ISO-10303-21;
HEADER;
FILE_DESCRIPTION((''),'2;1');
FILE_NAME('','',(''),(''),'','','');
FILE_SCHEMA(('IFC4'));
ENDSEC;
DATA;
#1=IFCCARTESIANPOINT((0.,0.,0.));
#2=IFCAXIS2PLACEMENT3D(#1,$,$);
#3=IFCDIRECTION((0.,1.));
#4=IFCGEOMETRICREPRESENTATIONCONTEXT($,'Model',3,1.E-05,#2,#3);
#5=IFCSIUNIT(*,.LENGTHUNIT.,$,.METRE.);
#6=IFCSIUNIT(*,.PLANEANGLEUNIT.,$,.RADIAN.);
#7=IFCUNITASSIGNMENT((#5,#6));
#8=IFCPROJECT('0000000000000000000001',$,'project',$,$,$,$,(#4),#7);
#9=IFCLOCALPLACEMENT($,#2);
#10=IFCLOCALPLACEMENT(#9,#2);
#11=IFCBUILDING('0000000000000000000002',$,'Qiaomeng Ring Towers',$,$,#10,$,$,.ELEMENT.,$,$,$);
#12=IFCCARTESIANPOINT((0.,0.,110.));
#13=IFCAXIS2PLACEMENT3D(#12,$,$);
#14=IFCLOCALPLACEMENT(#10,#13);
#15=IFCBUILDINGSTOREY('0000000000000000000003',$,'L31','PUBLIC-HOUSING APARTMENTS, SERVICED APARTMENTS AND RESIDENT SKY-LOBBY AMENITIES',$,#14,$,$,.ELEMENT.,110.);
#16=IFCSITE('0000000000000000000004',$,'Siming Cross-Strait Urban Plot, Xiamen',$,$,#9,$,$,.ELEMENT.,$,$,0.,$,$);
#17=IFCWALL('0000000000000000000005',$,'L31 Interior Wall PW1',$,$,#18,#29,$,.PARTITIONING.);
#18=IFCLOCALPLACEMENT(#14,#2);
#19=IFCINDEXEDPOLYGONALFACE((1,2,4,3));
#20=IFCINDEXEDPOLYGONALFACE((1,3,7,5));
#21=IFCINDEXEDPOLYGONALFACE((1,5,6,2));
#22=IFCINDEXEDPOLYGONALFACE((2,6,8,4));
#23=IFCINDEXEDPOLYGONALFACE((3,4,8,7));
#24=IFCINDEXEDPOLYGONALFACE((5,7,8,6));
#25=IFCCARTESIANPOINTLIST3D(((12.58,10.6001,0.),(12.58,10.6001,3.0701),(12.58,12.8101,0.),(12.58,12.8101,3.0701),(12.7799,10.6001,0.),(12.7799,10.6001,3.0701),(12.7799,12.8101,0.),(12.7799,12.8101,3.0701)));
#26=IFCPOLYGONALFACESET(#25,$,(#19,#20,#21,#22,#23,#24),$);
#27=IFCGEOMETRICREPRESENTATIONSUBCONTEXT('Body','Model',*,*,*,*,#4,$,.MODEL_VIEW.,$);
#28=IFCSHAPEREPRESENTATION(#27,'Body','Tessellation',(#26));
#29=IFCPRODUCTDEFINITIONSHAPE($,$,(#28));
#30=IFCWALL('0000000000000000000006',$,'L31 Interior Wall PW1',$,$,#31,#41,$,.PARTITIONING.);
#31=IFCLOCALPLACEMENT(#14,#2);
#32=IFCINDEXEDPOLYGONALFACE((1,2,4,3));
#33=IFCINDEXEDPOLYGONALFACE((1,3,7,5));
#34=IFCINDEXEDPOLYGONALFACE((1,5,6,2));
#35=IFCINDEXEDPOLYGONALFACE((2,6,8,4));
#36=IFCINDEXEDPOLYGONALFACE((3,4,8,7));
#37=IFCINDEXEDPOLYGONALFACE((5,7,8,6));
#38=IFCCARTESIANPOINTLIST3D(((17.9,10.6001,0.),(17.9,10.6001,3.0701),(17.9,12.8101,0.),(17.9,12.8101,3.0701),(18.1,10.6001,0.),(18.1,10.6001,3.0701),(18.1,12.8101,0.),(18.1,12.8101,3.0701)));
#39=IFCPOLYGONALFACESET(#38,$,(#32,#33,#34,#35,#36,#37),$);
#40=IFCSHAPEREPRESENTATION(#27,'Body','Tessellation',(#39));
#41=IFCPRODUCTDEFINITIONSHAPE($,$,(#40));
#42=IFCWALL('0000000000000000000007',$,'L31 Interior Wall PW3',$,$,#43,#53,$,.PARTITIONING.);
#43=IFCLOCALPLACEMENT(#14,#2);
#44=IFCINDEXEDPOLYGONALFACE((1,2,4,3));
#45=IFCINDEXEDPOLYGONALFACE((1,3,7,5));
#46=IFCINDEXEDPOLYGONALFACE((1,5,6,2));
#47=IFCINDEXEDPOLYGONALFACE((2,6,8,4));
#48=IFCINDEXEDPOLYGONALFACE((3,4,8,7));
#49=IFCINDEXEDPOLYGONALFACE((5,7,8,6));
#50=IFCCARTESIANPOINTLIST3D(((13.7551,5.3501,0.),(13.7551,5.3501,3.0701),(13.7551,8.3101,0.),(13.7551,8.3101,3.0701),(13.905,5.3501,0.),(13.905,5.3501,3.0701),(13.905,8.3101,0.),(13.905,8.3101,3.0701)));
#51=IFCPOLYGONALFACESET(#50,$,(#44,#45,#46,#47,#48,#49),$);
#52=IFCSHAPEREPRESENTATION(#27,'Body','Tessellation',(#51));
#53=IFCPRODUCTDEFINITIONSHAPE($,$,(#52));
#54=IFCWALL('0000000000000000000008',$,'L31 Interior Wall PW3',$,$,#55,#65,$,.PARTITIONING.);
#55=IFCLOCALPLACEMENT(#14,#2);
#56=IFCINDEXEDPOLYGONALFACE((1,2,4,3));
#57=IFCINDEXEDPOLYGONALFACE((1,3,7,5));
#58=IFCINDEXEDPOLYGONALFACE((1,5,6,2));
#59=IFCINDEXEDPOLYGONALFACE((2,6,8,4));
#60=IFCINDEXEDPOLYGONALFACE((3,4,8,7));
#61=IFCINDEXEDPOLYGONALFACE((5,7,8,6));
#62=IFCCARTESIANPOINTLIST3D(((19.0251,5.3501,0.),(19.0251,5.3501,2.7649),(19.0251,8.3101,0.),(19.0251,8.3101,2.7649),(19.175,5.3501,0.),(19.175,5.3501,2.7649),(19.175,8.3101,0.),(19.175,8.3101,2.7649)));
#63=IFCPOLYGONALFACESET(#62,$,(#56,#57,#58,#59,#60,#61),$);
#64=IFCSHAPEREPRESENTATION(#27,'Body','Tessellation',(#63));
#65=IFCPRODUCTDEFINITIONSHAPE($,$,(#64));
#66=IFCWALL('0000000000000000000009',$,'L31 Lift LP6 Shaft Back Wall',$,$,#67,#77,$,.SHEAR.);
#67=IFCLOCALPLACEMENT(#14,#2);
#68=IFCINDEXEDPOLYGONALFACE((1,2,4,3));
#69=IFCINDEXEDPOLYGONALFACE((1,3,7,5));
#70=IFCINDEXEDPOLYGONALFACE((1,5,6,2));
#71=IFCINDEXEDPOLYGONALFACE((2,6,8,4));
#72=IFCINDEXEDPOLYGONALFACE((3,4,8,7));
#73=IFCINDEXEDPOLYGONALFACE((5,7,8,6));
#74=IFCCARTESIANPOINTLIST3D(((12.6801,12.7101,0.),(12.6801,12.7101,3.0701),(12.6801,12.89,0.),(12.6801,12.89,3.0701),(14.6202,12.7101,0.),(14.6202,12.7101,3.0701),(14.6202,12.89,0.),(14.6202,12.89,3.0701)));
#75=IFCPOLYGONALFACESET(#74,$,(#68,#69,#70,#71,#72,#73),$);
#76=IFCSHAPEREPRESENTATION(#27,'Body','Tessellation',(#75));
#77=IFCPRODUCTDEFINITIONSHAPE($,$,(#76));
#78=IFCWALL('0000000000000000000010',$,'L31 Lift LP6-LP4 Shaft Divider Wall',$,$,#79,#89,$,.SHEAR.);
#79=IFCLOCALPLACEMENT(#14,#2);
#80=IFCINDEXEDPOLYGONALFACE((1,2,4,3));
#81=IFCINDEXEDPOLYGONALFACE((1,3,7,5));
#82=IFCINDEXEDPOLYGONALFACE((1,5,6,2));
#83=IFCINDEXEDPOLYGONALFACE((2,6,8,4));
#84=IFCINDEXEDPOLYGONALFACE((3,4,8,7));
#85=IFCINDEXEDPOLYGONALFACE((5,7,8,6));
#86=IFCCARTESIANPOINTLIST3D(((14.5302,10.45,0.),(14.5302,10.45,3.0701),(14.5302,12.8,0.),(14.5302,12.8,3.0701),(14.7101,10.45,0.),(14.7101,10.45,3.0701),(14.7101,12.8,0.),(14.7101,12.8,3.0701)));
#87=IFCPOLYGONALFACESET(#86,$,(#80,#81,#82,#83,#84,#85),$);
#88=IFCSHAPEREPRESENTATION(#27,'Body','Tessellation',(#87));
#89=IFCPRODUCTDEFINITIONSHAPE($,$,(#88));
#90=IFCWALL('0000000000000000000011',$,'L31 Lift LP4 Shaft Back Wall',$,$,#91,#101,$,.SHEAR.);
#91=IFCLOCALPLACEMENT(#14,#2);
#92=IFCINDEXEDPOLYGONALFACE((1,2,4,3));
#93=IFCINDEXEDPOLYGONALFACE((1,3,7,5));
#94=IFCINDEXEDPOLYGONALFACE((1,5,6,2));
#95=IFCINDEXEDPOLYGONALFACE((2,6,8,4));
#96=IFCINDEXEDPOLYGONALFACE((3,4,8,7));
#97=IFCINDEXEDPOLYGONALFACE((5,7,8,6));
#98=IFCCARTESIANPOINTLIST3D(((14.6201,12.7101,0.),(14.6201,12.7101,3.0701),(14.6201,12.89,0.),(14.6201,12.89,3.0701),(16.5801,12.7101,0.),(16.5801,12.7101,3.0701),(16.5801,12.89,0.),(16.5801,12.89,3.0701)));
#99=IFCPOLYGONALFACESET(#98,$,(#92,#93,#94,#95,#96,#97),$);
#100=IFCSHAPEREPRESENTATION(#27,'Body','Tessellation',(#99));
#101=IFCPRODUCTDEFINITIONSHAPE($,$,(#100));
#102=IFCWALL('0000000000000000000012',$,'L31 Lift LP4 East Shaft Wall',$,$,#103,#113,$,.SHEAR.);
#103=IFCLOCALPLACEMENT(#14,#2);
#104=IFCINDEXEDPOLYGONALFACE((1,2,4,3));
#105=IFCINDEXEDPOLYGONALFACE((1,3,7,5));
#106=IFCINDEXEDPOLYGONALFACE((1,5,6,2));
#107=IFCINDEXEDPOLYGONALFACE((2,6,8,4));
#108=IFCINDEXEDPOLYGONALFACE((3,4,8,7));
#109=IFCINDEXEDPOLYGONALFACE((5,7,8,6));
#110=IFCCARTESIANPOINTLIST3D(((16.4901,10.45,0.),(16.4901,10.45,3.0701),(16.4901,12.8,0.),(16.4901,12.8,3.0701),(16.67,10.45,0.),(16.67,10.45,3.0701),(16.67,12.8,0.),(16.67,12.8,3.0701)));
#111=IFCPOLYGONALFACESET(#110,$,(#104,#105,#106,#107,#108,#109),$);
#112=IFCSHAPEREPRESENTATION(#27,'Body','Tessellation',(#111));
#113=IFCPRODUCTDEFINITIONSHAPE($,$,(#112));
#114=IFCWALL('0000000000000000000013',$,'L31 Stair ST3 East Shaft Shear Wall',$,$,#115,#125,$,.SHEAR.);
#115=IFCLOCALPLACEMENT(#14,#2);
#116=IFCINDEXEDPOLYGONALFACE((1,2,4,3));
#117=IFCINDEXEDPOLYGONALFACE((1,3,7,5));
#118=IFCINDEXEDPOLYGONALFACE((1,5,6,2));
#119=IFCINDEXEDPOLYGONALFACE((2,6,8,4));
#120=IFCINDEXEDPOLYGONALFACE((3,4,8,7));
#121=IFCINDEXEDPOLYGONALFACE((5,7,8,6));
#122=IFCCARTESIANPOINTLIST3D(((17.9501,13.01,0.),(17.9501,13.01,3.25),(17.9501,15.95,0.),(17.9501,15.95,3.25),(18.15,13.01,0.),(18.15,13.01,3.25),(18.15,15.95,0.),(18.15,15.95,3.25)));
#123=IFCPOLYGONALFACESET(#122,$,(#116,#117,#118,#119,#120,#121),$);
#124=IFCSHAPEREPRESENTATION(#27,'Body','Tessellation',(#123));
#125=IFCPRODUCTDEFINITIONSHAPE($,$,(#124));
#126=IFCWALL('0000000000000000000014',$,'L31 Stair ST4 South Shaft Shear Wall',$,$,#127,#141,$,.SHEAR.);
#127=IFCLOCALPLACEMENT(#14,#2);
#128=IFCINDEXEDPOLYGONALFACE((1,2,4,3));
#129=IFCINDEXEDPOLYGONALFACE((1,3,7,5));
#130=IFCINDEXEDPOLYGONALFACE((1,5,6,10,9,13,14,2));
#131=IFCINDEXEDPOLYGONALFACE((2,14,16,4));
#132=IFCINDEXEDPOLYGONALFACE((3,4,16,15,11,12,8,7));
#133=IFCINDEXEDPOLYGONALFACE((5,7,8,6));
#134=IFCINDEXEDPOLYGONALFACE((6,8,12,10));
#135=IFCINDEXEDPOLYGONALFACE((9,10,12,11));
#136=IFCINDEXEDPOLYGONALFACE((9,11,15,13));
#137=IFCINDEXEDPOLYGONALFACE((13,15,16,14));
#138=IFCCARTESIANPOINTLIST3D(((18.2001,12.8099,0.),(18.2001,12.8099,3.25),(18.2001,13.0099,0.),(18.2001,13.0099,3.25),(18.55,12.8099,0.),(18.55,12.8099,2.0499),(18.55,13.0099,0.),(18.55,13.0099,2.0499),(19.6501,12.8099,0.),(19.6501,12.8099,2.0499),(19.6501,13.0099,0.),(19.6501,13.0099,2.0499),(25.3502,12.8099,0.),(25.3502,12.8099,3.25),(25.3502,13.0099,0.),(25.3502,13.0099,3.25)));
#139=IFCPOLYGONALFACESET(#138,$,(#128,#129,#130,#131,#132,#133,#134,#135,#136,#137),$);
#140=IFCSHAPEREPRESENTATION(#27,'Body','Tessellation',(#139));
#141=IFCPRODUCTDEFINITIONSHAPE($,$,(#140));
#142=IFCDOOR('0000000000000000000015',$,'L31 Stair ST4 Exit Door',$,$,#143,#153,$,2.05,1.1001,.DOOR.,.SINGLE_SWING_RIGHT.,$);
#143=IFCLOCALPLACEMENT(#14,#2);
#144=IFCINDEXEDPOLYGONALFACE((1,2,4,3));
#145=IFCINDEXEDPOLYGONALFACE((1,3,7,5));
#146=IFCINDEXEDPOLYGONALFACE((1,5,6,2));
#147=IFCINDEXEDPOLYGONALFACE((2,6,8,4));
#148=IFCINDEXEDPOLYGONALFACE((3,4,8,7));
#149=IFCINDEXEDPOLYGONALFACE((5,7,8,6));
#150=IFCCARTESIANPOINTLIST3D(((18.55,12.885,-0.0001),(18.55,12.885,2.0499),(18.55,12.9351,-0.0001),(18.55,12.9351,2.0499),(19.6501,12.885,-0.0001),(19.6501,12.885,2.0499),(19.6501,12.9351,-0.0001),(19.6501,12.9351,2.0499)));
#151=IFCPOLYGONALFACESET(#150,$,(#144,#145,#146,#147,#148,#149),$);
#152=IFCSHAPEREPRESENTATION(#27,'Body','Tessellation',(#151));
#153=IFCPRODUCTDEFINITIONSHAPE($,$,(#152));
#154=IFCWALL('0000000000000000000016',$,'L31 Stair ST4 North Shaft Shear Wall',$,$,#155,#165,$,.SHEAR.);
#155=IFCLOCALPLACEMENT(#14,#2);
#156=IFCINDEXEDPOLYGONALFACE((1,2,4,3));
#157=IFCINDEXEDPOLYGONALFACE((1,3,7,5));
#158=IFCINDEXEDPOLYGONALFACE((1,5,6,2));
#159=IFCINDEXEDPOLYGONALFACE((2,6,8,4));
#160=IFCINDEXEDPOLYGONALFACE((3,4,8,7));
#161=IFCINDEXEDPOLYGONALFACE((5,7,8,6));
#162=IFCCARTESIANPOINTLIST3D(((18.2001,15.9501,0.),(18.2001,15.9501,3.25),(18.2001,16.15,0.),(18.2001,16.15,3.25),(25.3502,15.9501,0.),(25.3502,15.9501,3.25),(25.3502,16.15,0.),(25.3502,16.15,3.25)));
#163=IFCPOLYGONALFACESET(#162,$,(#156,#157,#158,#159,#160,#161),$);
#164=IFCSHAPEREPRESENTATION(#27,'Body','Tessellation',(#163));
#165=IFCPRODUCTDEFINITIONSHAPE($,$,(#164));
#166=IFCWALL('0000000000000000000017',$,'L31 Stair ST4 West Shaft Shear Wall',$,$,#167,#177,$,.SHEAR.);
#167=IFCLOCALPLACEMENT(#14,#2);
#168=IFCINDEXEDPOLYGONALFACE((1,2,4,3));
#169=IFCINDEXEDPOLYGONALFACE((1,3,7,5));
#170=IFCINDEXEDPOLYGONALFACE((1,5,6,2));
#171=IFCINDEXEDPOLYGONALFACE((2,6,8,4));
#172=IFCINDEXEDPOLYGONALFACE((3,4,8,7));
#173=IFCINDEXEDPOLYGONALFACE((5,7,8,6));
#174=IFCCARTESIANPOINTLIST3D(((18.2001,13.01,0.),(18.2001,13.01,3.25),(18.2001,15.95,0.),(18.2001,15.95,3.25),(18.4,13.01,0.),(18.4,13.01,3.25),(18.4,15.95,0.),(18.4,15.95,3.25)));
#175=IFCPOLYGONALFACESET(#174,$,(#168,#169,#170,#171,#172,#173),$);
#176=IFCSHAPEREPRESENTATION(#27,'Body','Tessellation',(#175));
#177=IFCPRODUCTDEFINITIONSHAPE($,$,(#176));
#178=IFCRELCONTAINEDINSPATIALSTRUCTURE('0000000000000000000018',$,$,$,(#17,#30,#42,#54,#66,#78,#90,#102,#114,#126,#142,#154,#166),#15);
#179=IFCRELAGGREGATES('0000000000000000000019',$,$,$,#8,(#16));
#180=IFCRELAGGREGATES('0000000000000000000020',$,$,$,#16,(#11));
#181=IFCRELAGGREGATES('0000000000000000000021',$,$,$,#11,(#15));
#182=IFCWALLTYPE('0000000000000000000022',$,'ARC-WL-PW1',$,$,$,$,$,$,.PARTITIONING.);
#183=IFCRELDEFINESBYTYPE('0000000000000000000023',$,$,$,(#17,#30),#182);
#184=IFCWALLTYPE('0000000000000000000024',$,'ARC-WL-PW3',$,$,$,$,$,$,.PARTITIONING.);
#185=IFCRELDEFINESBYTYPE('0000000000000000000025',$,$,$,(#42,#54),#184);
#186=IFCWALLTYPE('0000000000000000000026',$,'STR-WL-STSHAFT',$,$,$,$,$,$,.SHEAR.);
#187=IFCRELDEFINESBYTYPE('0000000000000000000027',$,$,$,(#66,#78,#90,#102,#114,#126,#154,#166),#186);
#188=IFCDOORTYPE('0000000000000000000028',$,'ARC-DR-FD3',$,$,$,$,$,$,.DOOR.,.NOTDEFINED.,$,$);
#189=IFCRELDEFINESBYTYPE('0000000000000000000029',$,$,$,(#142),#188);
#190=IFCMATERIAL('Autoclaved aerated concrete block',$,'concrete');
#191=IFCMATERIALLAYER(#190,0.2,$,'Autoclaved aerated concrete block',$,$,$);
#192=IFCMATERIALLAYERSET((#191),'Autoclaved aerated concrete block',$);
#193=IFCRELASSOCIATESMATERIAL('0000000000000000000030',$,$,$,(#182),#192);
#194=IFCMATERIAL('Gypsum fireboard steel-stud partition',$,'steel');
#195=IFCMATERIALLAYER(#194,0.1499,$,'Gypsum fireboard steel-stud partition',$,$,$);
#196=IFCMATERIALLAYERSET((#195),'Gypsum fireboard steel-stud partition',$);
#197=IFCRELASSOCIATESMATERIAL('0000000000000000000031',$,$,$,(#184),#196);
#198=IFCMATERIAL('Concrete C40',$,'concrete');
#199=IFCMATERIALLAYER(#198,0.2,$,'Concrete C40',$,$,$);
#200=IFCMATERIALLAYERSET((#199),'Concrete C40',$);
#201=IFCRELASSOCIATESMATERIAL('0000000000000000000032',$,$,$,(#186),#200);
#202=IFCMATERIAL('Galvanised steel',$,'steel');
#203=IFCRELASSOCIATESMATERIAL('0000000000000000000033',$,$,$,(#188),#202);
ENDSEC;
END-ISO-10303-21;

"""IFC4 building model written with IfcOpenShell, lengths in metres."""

from ifc_helpers import new_model, si_unit, direction, frame, frame_2d, origin, place, context, subcontext, project, spatial, rectangle, extrude, source, transform, mapped, material, layer, layer_set, type_object, element, fill, save


model = new_model("IFC4")

# Units and contexts
model_context = context("Model", 3, precision=1e-05, world=origin(), true_north=direction((0.0, 1.0)))
body_context = subcontext(model_context, "Body", "Model", "MODEL_VIEW")
ifc_project = project(units=[si_unit("LENGTHUNIT", "METRE"), si_unit("PLANEANGLEUNIT", "RADIAN")], contexts=[model_context])

# Site, building, storey
site_placement = place(None, origin())
site = spatial("IfcSite", under=ifc_project, at=site_placement, Name="Siming Cross-Strait Urban Plot, Xiamen", CompositionType="ELEMENT", RefElevation=0.0)
building_placement = place(site_placement, origin())
building = spatial("IfcBuilding", under=site, at=building_placement, Name="Qiaomeng Ring Towers", CompositionType="ELEMENT")
storey_placement = place(building_placement, frame((0.0, 0.0, 110.0)))
storey = spatial("IfcBuildingStorey", under=building, at=storey_placement, Name="L31", Description="PUBLIC-HOUSING APARTMENTS, SERVICED APARTMENTS AND RESIDENT SKY-LOBBY AMENITIES", CompositionType="ELEMENT", Elevation=110.0)

# Walls
ifc_material_1 = material(Name="Autoclaved aerated concrete block", Category="concrete")
ifc_layer_1 = layer(ifc_material_1, 0.2, Name="Autoclaved aerated concrete block")
ifc_layer_set_1 = layer_set([ifc_layer_1], Name="Autoclaved aerated concrete block")
wall_type_1 = type_object("IfcWallType", Name="ARC-WL-PW1", PredefinedType="PARTITIONING", material=ifc_layer_set_1)
for number, where, z_axis, x_axis, name in (
    (1, (12.6799, 10.6001, 0.0), (0.0, 0.0, 1.0), (0.0, 1.0, 0.0), "L31 Interior Wall PW1"),
    (2, (18.0, 10.6001, 0.0), (0.0, 0.0, 1.0), (0.0, 1.0, 0.0), "L31 Interior Wall PW1"),
):
    element("IfcWall", number, at=place(storey_placement, frame(where, z_axis=z_axis, x_axis=x_axis)), inside=storey, type_object=wall_type_1, Name=name, PredefinedType="PARTITIONING", context=body_context, shape_type="SweptSolid", body=[
        extrude(rectangle(XDim=2.21, YDim=0.2, at=frame_2d((1.105, 0.0))), origin(), (0.0, 0.0, 1.0), 3.0701),
    ])
ifc_material_2 = material(Name="Gypsum fireboard steel-stud partition", Category="steel")
ifc_layer_2 = layer(ifc_material_2, 0.1499, Name="Gypsum fireboard steel-stud partition")
ifc_layer_set_2 = layer_set([ifc_layer_2], Name="Gypsum fireboard steel-stud partition")
wall_type_2 = type_object("IfcWallType", Name="ARC-WL-PW3", PredefinedType="PARTITIONING", material=ifc_layer_set_2)
wall_1_placement = place(storey_placement, frame((13.8301, 5.3501, 0.0), z_axis=(0.0, 0.0, 1.0), x_axis=(0.0, 1.0, 0.0)))
element("IfcWall", 3, at=wall_1_placement, inside=storey, type_object=wall_type_2, Name="L31 Interior Wall PW3", PredefinedType="PARTITIONING", context=body_context, shape_type="SweptSolid", body=[
    extrude(rectangle(XDim=2.96, YDim=0.1499, at=frame_2d((1.48, 0.0))), origin(), (0.0, 0.0, 1.0), 3.0701),
])
wall_2_placement = place(storey_placement, frame((19.1001, 5.3501, 0.0), z_axis=(0.0, 0.0, 1.0), x_axis=(0.0, 1.0, 0.0)))
element("IfcWall", 4, at=wall_2_placement, inside=storey, type_object=wall_type_2, Name="L31 Interior Wall PW3", PredefinedType="PARTITIONING", context=body_context, shape_type="SweptSolid", body=[
    extrude(rectangle(XDim=2.96, YDim=0.1499, at=frame_2d((1.48, 0.0))), origin(), (0.0, 0.0, 1.0), 2.7649),
])
ifc_material_3 = material(Name="Concrete C40", Category="concrete")
ifc_layer_3 = layer(ifc_material_3, 0.2, Name="Concrete C40")
ifc_layer_set_3 = layer_set([ifc_layer_3], Name="Concrete C40")
wall_type_3 = type_object("IfcWallType", Name="STR-WL-STSHAFT", PredefinedType="SHEAR", material=ifc_layer_set_3)
wall_3_placement = place(storey_placement, frame((12.6799, 12.8, 0.0), z_axis=(0.0, 0.0, 1.0), x_axis=(1.0, 0.0, 0.0)))
element("IfcWall", 5, at=wall_3_placement, inside=storey, type_object=wall_type_3, Name="L31 Lift LP6 Shaft Back Wall", PredefinedType="SHEAR", context=body_context, shape_type="SweptSolid", body=[
    extrude(rectangle(XDim=1.9402, YDim=0.1799, at=frame_2d((0.9702, 0.0))), origin(), (0.0, 0.0, 1.0), 3.0701),
])
wall_4_placement = place(storey_placement, frame((14.6201, 10.45, 0.0), z_axis=(0.0, 0.0, 1.0), x_axis=(0.0, 1.0, 0.0)))
element("IfcWall", 6, at=wall_4_placement, inside=storey, type_object=wall_type_3, Name="L31 Lift LP6-LP4 Shaft Divider Wall", PredefinedType="SHEAR", context=body_context, shape_type="SweptSolid", body=[
    extrude(rectangle(XDim=2.3501, YDim=0.1799, at=frame_2d((1.175, 0.0))), origin(), (0.0, 0.0, 1.0), 3.0701),
])
wall_5_placement = place(storey_placement, frame((14.6201, 12.8, 0.0), z_axis=(0.0, 0.0, 1.0), x_axis=(1.0, 0.0, 0.0)))
element("IfcWall", 7, at=wall_5_placement, inside=storey, type_object=wall_type_3, Name="L31 Lift LP4 Shaft Back Wall", PredefinedType="SHEAR", context=body_context, shape_type="SweptSolid", body=[
    extrude(rectangle(XDim=1.96, YDim=0.1799, at=frame_2d((0.98, 0.0))), origin(), (0.0, 0.0, 1.0), 3.0701),
])
wall_6_placement = place(storey_placement, frame((16.5801, 10.45, 0.0), z_axis=(0.0, 0.0, 1.0), x_axis=(0.0, 1.0, 0.0)))
element("IfcWall", 8, at=wall_6_placement, inside=storey, type_object=wall_type_3, Name="L31 Lift LP4 East Shaft Wall", PredefinedType="SHEAR", context=body_context, shape_type="SweptSolid", body=[
    extrude(rectangle(XDim=2.3501, YDim=0.1799, at=frame_2d((1.175, 0.0))), origin(), (0.0, 0.0, 1.0), 3.0701),
])
wall_7_placement = place(storey_placement, frame((18.05, 13.01, 0.0), z_axis=(0.0, 0.0, 1.0), x_axis=(0.0, 1.0, 0.0)))
element("IfcWall", 9, at=wall_7_placement, inside=storey, type_object=wall_type_3, Name="L31 Stair ST3 East Shaft Shear Wall", PredefinedType="SHEAR", context=body_context, shape_type="SweptSolid", body=[
    extrude(rectangle(XDim=2.9399, YDim=0.2, at=frame_2d((1.47, 0.0))), origin(), (0.0, 0.0, 1.0), 3.25),
])

# Wall, opening, door
wall_8_placement = place(storey_placement, frame((18.2, 12.9099, 0.0), z_axis=(0.0, 0.0, 1.0), x_axis=(1.0, 0.0, 0.0)))
wall_8 = element("IfcWall", 10, at=wall_8_placement, inside=storey, type_object=wall_type_3, Name="L31 Stair ST4 South Shaft Shear Wall", PredefinedType="SHEAR", context=body_context, shape_type="SweptSolid", body=[
    extrude(rectangle(XDim=7.1501, YDim=0.2, at=frame_2d((3.5752, 0.0))), origin(), (0.0, 0.0, 1.0), 3.25),
])
opening_placement = place(wall_8_placement, frame((0.3501, 0.0, 0.0)))
opening = element("IfcOpeningElement", 11, at=opening_placement, cuts=wall_8, PredefinedType="OPENING", context=body_context, shape_type="SweptSolid", body=[
    extrude(rectangle(XDim=1.1001, YDim=2.05, at=frame_2d((0.55, 1.0249))), frame((0.0, 0.1099, 0.0), z_axis=(0.0, -1.0, 0.0), x_axis=(1.0, 0.0, 0.0)), (0.0, 0.0, 1.0), 0.22),
])
ifc_material_4 = material(Name="Galvanised steel", Category="steel")
door_type = type_object("IfcDoorType", Name="ARC-DR-FD3", OperationType="NOTDEFINED", PredefinedType="DOOR", material=ifc_material_4)
shared_shape_1 = source(origin(), body_context, "Body", "SweptSolid", [
    extrude(rectangle(XDim=1.1001, YDim=2.05, at=frame_2d((0.55, 1.0249))), frame((0.0, 0.0249, 0.0), z_axis=(0.0, -1.0, 0.0), x_axis=(1.0, 0.0, 0.0)), (0.0, 0.0, 1.0), 0.05),
])
door_placement = place(opening_placement, frame((1.1001, 0.0, 0.0), z_axis=(0.0, 0.0, 1.0), x_axis=(-1.0, 0.0, 0.0)))
door = element("IfcDoor", 12, at=door_placement, inside=storey, type_object=door_type, Name="L31 Stair ST4 Exit Door", OperationType="SINGLE_SWING_RIGHT", OverallHeight=2.05, OverallWidth=1.1001, PredefinedType="DOOR", context=body_context, shape_type="MappedRepresentation", body=[
    mapped(shared_shape_1, transform((0.0, 0.0, 0.0), x_axis=(1.0, 0.0, 0.0), y_axis=(0.0, 1.0, 0.0), z_axis=(0.0, 0.0, 1.0), scale=1.0)),
])
fill(opening, door)

# Walls
wall_9_placement = place(storey_placement, frame((18.2, 16.05, 0.0), z_axis=(0.0, 0.0, 1.0), x_axis=(1.0, 0.0, 0.0)))
element("IfcWall", 13, at=wall_9_placement, inside=storey, type_object=wall_type_3, Name="L31 Stair ST4 North Shaft Shear Wall", PredefinedType="SHEAR", context=body_context, shape_type="SweptSolid", body=[
    extrude(rectangle(XDim=7.1501, YDim=0.2, at=frame_2d((3.5752, 0.0))), origin(), (0.0, 0.0, 1.0), 3.25),
])
wall_10_placement = place(storey_placement, frame((18.3, 13.01, 0.0), z_axis=(0.0, 0.0, 1.0), x_axis=(0.0, 1.0, 0.0)))
element("IfcWall", 14, at=wall_10_placement, inside=storey, type_object=wall_type_3, Name="L31 Stair ST4 West Shaft Shear Wall", PredefinedType="SHEAR", context=body_context, shape_type="SweptSolid", body=[
    extrude(rectangle(XDim=2.9399, YDim=0.2, at=frame_2d((1.47, 0.0))), origin(), (0.0, 0.0, 1.0), 3.25),
])

save(model, "model.ifc")
